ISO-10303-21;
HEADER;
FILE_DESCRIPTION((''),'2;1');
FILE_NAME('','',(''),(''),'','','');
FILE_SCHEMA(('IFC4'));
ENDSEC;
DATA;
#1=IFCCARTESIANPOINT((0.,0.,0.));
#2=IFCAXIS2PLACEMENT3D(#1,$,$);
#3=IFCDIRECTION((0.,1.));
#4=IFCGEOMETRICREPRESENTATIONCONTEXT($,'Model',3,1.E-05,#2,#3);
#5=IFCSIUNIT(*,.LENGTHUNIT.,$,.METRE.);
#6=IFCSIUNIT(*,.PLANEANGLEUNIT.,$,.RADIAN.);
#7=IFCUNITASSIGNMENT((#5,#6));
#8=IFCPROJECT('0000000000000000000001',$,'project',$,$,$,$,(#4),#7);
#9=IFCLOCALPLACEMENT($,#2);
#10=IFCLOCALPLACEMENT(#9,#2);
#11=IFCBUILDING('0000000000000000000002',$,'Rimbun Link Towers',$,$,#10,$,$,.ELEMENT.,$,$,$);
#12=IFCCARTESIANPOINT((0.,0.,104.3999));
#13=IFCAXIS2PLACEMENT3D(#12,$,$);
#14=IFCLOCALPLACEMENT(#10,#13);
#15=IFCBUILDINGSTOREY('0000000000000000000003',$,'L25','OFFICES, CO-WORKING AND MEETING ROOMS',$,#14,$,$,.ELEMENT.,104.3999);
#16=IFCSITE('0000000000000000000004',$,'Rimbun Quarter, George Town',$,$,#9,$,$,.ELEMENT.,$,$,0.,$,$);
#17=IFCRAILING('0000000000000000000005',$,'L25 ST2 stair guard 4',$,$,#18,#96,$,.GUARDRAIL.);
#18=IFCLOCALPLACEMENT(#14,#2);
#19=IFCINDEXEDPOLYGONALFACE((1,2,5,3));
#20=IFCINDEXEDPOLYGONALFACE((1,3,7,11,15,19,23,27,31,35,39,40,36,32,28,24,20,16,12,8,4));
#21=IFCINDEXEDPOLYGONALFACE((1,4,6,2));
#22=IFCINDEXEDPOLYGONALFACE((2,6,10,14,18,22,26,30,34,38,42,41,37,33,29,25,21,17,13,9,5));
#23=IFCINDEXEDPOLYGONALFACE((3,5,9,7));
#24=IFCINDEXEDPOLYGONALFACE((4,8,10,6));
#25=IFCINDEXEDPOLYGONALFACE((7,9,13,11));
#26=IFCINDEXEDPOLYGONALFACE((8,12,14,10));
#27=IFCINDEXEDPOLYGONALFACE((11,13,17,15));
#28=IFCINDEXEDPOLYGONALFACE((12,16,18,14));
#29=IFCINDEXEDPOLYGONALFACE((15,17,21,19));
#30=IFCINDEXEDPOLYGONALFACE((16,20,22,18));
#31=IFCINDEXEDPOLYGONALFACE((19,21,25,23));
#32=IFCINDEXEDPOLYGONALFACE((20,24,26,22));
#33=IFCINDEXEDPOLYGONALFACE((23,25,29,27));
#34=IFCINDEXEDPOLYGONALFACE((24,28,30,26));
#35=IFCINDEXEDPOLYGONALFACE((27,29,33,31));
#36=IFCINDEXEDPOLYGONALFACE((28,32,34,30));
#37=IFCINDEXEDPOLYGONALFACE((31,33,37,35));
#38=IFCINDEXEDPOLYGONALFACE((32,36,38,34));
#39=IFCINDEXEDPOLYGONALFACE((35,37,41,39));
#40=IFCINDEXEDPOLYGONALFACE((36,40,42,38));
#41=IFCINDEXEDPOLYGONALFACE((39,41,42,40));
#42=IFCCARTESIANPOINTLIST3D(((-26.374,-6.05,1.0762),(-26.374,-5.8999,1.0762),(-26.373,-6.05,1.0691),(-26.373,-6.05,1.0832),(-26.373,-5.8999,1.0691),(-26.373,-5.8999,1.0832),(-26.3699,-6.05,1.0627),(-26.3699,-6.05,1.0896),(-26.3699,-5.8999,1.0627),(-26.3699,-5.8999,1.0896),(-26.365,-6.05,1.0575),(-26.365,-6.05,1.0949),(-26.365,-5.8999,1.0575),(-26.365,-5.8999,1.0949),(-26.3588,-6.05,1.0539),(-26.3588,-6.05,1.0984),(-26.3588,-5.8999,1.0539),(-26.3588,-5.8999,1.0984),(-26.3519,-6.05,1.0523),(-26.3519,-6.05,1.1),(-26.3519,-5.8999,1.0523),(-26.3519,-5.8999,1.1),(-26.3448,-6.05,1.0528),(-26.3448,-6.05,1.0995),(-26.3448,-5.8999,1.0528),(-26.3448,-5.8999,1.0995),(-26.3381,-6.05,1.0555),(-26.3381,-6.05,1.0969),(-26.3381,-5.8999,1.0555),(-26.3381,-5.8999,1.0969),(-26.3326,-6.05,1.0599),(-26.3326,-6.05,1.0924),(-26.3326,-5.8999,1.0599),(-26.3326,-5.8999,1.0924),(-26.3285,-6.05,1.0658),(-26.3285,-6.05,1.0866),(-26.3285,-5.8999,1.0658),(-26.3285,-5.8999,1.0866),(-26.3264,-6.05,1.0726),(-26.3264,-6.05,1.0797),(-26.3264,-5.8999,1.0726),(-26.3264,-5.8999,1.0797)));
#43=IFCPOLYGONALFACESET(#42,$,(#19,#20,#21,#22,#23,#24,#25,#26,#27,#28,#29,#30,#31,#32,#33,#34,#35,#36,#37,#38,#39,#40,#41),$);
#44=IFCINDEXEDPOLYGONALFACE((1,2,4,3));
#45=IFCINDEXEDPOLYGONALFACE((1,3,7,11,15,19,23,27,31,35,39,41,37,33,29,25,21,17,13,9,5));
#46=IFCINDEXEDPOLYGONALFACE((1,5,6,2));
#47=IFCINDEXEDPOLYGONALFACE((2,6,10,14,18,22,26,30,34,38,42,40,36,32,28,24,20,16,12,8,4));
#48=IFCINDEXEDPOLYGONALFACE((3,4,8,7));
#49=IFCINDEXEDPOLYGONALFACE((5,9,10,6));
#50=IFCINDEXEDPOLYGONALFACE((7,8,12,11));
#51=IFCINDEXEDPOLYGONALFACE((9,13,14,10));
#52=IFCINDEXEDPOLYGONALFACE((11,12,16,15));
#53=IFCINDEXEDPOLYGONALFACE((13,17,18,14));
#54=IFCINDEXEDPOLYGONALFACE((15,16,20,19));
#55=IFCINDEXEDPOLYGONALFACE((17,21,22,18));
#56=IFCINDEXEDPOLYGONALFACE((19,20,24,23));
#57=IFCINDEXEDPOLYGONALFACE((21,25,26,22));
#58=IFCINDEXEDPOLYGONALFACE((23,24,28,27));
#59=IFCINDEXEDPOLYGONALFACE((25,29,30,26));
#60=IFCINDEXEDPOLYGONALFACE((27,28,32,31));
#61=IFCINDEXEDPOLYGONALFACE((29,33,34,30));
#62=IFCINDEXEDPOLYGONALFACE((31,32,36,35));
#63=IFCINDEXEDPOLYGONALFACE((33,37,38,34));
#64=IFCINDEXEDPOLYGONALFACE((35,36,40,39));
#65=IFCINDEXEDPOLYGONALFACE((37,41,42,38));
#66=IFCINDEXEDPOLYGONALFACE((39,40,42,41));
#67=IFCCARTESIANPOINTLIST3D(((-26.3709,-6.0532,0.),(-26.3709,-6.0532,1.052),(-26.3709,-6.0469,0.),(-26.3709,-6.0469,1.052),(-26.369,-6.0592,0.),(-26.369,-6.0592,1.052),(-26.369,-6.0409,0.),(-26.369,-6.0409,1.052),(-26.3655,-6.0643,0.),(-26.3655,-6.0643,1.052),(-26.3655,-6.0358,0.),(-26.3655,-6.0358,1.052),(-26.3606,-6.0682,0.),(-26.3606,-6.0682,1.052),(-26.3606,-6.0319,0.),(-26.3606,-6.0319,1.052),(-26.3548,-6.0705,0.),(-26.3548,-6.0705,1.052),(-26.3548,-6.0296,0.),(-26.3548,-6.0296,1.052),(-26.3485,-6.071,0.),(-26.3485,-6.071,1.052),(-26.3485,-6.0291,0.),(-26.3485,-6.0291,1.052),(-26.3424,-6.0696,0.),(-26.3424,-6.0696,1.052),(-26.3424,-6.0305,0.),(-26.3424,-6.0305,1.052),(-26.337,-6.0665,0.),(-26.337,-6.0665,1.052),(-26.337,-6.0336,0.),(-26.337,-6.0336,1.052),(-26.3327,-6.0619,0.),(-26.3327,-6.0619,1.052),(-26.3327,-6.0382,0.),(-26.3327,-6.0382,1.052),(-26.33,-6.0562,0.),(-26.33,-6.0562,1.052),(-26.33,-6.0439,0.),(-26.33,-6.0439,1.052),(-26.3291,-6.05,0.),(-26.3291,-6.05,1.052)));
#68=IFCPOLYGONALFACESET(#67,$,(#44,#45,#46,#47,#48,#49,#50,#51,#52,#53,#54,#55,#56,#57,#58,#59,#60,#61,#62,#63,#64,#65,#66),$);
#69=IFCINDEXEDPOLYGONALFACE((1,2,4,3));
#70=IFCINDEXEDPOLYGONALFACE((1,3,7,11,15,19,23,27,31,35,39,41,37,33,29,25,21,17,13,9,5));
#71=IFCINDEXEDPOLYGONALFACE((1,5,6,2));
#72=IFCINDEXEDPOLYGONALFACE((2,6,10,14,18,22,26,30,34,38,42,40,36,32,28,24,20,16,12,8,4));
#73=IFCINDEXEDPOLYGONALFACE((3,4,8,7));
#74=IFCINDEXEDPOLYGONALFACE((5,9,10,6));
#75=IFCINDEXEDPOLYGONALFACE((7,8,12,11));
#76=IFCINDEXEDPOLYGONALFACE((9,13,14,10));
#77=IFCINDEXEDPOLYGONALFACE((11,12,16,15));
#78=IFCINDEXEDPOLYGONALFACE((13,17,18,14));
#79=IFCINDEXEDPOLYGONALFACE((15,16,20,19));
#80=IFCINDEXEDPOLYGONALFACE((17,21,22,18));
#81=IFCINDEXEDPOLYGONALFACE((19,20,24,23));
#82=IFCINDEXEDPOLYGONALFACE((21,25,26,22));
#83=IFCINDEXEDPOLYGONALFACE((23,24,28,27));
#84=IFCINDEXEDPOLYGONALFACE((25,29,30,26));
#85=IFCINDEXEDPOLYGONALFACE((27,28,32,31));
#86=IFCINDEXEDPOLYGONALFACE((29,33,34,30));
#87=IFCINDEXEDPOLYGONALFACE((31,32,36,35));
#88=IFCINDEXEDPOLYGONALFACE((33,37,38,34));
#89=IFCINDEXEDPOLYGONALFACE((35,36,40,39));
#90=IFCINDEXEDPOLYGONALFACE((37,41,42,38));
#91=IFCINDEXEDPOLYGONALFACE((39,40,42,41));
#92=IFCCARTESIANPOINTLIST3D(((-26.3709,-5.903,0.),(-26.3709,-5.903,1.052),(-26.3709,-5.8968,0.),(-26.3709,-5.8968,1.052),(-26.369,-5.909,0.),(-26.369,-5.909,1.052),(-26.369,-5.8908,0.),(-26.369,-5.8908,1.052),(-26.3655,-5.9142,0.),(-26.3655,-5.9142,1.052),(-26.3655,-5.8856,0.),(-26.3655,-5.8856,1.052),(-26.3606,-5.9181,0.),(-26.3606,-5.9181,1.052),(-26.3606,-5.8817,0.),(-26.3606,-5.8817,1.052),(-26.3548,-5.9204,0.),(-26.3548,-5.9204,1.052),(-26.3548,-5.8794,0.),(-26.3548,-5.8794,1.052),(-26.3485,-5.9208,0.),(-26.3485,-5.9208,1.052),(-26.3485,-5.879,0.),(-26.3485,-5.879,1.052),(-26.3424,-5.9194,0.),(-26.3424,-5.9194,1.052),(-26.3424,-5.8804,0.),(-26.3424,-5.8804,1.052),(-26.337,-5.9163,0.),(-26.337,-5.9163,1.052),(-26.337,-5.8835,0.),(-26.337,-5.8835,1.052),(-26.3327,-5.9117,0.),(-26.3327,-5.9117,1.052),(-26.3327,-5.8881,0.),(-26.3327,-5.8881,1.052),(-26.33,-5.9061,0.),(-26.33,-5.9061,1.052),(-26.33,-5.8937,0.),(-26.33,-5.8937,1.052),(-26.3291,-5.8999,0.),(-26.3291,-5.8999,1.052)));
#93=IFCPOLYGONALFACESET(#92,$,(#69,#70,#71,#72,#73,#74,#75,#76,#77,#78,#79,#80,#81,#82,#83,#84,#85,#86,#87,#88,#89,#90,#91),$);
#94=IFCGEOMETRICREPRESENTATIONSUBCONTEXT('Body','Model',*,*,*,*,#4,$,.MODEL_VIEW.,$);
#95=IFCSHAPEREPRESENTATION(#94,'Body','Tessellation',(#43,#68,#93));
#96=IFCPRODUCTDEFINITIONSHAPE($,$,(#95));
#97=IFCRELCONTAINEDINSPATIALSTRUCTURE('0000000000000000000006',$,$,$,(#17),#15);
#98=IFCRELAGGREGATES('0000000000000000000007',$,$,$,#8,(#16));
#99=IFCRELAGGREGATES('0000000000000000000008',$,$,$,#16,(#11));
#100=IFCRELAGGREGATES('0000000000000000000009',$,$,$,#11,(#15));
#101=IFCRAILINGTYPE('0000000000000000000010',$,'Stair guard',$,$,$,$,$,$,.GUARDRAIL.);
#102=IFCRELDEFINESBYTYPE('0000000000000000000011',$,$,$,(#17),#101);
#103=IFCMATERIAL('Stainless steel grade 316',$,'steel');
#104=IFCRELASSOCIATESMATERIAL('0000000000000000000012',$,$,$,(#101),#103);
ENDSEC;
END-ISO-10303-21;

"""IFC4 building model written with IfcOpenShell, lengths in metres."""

from ifc_helpers import new_model, si_unit, direction, frame, origin, origin_2d, place, context, subcontext, project, spatial, circle, extrude, material, type_object, element, save


model = new_model("IFC4")

# Units and contexts
model_context = context("Model", 3, precision=1e-05, world=origin(), true_north=direction((0.0, 1.0)))
body_context = subcontext(model_context, "Body", "Model", "MODEL_VIEW")
ifc_project = project(units=[si_unit("LENGTHUNIT", "METRE"), si_unit("PLANEANGLEUNIT", "RADIAN")], contexts=[model_context])

# Site, building, storey
site_placement = place(None, origin())
site = spatial("IfcSite", under=ifc_project, at=site_placement, Name="Rimbun Quarter, George Town", CompositionType="ELEMENT", RefElevation=0.0)
building_placement = place(site_placement, origin())
building = spatial("IfcBuilding", under=site, at=building_placement, Name="Rimbun Link Towers", CompositionType="ELEMENT")
storey_placement = place(building_placement, frame((0.0, 0.0, 104.3999)))
storey = spatial("IfcBuildingStorey", under=building, at=storey_placement, Name="L25", Description="OFFICES, CO-WORKING AND MEETING ROOMS", CompositionType="ELEMENT", Elevation=104.3999)

# Railing
ifc_material_1 = material(Name="Stainless steel grade 316", Category="steel")
railing_type_1 = type_object("IfcRailingType", Name="Stair guard", PredefinedType="GUARDRAIL", material=ifc_material_1)
railing_1_placement = place(storey_placement, frame((-26.3501, -6.05, 0.0)))
element("IfcRailing", 1, at=railing_1_placement, inside=storey, type_object=railing_type_1, Name="L25 ST2 stair guard 4", PredefinedType="GUARDRAIL", context=body_context, shape_type="SweptSolid", body=[
    extrude(circle(Radius=0.0239, at=origin_2d()), frame((0.0, 0.0, 1.0762), z_axis=(0.0, 1.0, 0.0), x_axis=(-1.0, 0.0, 0.0)), (0.0, 0.0, 1.0), 0.1501),
    extrude(circle(Radius=0.021, at=origin_2d()), origin(), (0.0, 0.0, 1.0), 1.052),
    extrude(circle(Radius=0.021, at=origin_2d()), frame((0.0, 0.1501, 0.0)), (0.0, 0.0, 1.0), 1.052),
])

save(model, "model.ifc")
